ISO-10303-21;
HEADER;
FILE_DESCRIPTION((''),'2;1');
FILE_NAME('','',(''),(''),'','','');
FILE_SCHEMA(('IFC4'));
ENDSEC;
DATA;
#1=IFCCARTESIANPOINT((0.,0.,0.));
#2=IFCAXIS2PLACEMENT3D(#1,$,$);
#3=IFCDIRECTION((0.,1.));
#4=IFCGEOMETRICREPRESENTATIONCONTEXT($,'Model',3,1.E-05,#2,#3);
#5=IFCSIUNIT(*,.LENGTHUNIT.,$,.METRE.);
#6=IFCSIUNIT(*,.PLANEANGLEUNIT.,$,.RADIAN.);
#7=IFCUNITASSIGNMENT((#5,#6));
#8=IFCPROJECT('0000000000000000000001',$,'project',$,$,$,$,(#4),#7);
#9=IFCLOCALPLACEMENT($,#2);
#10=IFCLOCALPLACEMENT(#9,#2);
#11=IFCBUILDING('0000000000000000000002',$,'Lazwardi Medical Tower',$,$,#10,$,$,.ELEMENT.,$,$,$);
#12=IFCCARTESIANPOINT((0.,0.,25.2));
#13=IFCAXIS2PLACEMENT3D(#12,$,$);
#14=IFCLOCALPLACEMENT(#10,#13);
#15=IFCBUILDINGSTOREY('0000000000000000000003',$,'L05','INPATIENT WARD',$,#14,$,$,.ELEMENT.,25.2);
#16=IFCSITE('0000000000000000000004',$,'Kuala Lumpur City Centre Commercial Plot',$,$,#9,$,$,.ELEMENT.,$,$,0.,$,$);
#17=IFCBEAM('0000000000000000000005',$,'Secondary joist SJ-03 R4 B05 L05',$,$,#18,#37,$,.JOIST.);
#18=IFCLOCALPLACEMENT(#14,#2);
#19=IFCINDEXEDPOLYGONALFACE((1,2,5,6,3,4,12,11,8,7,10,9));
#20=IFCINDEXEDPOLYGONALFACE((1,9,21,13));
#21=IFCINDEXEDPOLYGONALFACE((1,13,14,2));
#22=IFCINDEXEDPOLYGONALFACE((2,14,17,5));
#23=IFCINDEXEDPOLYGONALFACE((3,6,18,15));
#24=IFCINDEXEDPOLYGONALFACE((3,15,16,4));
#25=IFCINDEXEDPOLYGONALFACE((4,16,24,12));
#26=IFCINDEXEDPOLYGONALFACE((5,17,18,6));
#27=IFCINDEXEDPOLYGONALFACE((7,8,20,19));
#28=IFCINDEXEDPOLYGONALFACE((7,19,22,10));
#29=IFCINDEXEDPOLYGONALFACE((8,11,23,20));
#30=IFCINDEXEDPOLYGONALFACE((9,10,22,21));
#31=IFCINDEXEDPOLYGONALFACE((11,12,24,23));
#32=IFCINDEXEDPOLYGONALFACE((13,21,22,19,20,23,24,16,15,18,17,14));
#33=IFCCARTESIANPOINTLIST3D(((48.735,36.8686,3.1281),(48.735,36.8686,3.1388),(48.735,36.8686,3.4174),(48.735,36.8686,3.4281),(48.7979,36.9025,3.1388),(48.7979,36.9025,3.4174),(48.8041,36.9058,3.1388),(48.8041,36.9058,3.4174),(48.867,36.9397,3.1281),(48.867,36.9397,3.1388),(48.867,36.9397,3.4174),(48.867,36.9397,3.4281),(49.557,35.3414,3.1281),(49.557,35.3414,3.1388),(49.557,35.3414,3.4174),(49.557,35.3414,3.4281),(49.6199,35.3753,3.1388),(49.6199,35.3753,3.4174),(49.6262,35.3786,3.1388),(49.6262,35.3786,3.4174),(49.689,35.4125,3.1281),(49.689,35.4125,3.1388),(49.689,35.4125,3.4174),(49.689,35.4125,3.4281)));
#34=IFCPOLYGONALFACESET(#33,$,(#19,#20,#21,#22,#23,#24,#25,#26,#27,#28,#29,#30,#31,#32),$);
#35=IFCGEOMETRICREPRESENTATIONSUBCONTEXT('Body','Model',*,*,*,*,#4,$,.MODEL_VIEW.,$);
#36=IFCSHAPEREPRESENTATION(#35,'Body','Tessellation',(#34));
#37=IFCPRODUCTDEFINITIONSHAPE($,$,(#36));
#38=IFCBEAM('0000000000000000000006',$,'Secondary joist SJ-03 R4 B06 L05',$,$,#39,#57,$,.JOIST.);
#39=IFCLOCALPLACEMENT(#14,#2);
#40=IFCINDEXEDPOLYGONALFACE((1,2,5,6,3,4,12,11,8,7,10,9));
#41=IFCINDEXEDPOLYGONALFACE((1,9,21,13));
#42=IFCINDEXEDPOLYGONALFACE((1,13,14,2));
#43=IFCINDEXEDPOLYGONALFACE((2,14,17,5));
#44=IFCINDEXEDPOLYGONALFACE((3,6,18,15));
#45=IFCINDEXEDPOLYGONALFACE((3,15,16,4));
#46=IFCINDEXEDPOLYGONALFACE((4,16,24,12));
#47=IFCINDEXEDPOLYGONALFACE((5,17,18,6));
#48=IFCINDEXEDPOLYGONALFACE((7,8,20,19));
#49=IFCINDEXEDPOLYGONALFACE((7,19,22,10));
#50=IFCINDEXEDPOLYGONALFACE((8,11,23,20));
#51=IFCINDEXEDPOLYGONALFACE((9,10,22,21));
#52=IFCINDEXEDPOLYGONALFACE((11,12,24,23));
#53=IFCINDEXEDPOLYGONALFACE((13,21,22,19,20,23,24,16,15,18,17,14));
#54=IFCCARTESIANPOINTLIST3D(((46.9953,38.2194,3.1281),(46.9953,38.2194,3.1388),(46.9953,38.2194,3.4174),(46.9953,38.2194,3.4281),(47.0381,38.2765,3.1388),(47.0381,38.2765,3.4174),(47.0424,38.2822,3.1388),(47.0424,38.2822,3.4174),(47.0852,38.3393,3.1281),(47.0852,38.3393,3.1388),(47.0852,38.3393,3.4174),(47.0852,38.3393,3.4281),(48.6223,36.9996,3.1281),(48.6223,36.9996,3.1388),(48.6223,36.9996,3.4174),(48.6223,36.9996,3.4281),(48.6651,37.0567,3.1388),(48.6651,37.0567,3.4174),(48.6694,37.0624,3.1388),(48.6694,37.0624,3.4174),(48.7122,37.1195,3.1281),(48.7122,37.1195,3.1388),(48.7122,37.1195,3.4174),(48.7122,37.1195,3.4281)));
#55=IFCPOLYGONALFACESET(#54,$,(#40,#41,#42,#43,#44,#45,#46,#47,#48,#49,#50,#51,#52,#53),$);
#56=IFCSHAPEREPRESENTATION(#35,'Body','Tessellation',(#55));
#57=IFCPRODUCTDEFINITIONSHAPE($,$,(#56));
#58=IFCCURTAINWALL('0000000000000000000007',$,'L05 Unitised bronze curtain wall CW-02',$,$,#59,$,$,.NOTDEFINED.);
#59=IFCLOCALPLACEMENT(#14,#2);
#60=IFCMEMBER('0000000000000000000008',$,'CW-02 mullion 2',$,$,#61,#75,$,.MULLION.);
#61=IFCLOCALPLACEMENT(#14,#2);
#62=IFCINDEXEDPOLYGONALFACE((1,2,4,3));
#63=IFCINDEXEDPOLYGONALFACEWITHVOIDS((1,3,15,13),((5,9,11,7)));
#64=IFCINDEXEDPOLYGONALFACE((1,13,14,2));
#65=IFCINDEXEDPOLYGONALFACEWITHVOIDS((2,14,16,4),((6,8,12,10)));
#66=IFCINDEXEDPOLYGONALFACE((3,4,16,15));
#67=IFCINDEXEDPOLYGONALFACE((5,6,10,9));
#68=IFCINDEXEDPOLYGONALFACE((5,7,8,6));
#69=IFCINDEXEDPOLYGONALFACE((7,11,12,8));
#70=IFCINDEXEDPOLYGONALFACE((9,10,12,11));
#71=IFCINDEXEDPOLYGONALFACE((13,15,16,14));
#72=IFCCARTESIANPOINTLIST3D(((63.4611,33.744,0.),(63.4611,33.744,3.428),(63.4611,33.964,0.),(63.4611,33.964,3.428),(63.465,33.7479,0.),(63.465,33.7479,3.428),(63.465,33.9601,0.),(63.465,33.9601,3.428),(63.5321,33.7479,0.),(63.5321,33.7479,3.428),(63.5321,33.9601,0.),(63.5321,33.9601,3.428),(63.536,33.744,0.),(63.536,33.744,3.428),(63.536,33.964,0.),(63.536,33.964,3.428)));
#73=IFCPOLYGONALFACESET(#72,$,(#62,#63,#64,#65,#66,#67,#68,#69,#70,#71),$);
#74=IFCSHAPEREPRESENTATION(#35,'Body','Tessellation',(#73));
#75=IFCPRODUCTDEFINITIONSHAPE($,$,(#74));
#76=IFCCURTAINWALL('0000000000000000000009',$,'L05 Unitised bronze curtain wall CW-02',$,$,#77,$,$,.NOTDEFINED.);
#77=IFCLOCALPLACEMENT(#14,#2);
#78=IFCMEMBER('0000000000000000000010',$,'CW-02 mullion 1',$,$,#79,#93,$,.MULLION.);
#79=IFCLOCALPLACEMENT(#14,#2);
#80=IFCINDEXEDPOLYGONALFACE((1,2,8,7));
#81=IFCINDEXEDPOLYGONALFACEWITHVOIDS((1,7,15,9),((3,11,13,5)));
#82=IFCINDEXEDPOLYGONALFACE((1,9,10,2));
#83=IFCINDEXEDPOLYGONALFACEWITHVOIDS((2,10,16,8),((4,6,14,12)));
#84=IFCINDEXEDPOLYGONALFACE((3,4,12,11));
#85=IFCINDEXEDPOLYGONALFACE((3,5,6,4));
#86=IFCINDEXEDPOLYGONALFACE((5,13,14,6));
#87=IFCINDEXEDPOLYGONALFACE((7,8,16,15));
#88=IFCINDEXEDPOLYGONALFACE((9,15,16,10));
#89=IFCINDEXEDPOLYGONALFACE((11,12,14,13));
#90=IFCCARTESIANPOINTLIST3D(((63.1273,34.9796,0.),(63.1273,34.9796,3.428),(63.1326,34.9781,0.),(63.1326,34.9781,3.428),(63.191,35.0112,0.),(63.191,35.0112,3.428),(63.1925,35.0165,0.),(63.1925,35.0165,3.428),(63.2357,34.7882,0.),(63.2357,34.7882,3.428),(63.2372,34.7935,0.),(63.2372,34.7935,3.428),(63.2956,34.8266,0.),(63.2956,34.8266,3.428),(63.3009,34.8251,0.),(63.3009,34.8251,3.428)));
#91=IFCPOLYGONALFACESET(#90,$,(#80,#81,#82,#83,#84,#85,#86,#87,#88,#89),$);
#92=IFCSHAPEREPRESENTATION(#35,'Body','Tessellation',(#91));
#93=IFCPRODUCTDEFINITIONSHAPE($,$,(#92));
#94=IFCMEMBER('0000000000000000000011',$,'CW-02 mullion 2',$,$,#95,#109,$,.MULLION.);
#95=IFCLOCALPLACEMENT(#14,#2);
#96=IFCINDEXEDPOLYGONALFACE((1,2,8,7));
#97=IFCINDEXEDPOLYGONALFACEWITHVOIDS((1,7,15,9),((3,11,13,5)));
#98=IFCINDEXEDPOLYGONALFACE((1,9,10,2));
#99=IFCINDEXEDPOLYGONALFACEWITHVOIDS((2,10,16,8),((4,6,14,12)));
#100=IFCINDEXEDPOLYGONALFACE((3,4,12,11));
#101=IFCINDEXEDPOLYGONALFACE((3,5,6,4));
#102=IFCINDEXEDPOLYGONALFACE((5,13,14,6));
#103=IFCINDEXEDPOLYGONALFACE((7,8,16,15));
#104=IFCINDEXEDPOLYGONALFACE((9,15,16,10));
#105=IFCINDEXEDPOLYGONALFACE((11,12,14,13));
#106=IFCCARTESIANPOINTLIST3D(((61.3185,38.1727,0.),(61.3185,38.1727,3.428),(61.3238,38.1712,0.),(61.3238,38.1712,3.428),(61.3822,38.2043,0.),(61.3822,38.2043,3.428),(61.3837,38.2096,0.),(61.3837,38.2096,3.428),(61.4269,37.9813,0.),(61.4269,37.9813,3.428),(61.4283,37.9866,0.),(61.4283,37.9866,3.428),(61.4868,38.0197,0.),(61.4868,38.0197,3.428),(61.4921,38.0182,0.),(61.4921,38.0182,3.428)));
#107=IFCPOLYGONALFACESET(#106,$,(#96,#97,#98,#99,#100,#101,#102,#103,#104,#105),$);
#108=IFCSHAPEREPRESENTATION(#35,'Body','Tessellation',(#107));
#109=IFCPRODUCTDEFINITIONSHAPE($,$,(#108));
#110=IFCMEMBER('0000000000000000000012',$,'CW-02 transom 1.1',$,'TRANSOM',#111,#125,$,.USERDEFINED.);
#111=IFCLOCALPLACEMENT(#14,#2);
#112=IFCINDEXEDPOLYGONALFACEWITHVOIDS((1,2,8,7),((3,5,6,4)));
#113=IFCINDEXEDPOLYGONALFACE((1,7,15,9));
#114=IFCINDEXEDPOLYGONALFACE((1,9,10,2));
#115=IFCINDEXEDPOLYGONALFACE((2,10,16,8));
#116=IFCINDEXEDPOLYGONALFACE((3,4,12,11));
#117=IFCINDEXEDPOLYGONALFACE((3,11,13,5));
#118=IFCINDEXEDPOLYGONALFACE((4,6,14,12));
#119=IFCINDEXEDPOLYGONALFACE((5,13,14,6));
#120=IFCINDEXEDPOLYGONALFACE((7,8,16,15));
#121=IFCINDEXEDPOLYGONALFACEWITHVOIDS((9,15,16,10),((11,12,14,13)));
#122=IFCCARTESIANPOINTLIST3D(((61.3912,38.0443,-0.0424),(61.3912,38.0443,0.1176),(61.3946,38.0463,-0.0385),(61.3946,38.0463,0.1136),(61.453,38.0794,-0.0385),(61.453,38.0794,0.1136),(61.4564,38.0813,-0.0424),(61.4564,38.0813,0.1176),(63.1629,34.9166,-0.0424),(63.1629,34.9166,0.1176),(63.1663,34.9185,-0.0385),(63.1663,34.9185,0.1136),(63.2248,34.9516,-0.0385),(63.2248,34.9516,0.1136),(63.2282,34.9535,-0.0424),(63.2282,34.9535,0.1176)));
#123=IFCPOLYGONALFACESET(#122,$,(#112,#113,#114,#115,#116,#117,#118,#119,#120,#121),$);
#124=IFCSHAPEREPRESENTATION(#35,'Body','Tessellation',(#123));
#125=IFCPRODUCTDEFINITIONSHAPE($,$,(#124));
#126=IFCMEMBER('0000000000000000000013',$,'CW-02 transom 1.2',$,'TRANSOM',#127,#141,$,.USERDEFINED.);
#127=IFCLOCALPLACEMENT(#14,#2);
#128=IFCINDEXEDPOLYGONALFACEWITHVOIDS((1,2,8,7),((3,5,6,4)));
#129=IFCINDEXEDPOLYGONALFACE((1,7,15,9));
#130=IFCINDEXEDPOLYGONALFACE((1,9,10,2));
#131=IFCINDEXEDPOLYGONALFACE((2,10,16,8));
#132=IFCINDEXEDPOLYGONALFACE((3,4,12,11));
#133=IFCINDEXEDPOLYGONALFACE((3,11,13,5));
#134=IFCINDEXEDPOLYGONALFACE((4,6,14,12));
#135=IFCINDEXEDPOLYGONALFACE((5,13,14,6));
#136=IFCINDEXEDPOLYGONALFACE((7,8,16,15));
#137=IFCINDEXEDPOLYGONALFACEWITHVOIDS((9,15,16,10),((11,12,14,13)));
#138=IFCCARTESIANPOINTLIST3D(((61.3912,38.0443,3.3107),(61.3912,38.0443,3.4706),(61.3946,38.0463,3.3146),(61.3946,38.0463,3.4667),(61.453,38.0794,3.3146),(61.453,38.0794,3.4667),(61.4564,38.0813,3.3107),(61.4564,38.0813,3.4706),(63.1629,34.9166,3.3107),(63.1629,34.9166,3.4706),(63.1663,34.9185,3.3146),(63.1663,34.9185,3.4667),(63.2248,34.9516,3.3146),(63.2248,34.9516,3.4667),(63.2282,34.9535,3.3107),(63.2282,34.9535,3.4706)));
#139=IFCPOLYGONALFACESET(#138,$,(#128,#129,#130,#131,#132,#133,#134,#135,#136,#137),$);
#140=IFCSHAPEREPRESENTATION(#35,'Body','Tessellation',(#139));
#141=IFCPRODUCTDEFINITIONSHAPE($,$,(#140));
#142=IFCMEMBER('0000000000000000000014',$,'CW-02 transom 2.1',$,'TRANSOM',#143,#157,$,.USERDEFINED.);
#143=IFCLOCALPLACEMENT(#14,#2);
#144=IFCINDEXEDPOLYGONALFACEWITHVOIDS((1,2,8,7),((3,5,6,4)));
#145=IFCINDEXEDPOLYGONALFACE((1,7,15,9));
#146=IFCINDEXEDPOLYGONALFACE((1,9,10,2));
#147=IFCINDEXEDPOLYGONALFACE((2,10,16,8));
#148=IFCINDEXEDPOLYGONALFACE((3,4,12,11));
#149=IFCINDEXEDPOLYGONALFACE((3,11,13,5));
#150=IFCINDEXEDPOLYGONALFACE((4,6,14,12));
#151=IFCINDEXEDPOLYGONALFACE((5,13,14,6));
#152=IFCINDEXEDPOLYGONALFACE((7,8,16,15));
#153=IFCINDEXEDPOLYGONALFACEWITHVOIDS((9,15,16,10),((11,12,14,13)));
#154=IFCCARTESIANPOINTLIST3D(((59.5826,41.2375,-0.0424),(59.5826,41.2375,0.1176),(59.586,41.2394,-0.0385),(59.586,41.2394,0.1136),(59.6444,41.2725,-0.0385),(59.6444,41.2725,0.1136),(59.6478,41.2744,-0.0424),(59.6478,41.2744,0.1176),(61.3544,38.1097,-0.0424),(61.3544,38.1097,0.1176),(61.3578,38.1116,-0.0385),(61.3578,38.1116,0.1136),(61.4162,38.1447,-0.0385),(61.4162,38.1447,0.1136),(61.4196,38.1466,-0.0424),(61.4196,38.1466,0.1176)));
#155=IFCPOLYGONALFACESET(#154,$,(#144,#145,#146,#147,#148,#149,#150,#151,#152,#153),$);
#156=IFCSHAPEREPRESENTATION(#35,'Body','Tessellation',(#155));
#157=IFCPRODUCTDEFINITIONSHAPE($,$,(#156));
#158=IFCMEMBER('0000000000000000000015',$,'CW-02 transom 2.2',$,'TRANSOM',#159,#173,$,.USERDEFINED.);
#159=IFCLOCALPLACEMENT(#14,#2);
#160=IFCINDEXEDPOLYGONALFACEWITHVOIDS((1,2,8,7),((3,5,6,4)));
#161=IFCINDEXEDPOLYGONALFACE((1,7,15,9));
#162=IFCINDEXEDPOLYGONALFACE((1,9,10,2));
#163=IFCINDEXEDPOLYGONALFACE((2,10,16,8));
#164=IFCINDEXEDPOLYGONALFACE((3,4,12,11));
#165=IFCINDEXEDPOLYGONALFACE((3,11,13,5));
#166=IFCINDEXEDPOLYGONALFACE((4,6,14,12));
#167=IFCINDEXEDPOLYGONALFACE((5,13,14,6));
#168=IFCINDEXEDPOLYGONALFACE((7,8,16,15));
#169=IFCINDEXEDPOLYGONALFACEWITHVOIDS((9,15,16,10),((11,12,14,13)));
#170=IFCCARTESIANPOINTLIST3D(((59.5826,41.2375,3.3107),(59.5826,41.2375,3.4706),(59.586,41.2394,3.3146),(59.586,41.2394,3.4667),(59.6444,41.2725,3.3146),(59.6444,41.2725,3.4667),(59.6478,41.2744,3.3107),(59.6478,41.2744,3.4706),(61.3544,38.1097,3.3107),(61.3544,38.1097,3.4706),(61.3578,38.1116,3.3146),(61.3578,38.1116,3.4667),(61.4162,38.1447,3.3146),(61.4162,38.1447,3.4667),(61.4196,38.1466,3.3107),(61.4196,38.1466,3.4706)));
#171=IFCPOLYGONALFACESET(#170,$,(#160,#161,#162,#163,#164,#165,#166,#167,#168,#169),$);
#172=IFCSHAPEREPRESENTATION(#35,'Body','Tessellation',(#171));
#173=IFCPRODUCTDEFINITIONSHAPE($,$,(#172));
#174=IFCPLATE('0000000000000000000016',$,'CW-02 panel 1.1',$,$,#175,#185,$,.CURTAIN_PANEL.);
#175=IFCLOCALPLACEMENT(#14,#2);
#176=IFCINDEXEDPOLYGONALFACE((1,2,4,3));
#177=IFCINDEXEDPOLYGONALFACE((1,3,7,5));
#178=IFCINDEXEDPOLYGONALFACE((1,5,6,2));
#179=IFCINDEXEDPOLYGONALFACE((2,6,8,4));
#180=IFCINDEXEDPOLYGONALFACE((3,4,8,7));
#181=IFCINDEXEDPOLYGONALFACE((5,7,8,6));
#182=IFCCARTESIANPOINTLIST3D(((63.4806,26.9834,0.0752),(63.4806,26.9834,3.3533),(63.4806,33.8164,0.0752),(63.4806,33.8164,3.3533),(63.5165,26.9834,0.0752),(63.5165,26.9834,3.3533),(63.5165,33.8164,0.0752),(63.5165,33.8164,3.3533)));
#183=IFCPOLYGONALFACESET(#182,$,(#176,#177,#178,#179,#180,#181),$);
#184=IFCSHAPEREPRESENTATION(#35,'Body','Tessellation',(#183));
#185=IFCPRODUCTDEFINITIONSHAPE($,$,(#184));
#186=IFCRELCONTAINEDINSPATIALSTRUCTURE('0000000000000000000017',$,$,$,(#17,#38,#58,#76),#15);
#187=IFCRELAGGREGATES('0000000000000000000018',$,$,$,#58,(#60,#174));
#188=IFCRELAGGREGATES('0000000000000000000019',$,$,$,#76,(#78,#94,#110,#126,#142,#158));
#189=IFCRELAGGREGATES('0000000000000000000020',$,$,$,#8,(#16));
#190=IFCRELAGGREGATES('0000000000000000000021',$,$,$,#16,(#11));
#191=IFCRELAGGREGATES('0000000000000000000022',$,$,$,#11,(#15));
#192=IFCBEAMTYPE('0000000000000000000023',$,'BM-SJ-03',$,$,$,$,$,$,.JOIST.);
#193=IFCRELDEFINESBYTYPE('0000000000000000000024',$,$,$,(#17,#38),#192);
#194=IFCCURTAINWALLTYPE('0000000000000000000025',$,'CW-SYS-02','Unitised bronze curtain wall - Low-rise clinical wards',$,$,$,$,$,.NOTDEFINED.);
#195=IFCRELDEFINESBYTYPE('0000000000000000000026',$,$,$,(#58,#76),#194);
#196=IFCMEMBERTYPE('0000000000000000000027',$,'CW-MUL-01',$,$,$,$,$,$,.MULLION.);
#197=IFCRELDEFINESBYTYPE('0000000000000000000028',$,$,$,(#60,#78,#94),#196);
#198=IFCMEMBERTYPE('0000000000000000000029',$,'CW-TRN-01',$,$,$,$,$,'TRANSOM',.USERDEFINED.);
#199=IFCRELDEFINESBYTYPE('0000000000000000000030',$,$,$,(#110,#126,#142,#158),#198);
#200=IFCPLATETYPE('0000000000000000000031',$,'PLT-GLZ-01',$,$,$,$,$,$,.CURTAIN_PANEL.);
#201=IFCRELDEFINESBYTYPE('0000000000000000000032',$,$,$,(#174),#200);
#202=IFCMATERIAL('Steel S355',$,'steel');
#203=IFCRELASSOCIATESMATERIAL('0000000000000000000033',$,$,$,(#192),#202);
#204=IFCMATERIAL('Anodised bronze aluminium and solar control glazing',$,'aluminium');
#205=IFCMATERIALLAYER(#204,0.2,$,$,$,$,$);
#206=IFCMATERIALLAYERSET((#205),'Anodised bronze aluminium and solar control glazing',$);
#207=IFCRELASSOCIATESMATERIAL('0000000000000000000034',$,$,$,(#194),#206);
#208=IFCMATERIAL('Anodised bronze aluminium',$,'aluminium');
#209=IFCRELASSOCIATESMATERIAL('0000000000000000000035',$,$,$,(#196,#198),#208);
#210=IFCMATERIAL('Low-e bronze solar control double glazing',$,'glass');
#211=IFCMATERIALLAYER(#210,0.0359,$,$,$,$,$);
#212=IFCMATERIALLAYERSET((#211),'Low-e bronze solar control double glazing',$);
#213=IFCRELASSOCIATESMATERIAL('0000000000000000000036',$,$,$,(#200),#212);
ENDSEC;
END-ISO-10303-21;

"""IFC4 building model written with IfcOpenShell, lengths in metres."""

from ifc_helpers import new_model, si_unit, direction, frame, origin, origin_2d, place, context, subcontext, project, spatial, rectangle, hollow_rectangle, i_section, extrude, material, layer, layer_set, material_profile, profile_set, type_object, element, aggregate, save


model = new_model("IFC4")

# Units and contexts
model_context = context("Model", 3, precision=1e-05, world=origin(), true_north=direction((0.0, 1.0)))
body_context = subcontext(model_context, "Body", "Model", "MODEL_VIEW")
ifc_project = project(units=[si_unit("LENGTHUNIT", "METRE"), si_unit("PLANEANGLEUNIT", "RADIAN")], contexts=[model_context])

# Site, building, storey
site_placement = place(None, origin())
site = spatial("IfcSite", under=ifc_project, at=site_placement, Name="Kuala Lumpur City Centre Commercial Plot", CompositionType="ELEMENT", RefElevation=0.0)
building_placement = place(site_placement, origin())
building = spatial("IfcBuilding", under=site, at=building_placement, Name="Lazwardi Medical Tower", CompositionType="ELEMENT")
storey_placement = place(building_placement, frame((0.0, 0.0, 25.2)))
storey = spatial("IfcBuildingStorey", under=building, at=storey_placement, Name="L05", Description="INPATIENT WARD", CompositionType="ELEMENT", Elevation=25.2)

# Beams
ifc_material_1 = material(Name="Steel S355", Category="steel")
ifc_material_profile_1 = material_profile(ifc_material_1, i_section(OverallWidth=0.1499, OverallDepth=0.3, WebThickness=0.0071, FlangeThickness=0.0107, at=origin_2d()), Name="IPE 300")
ifc_profile_set_1 = profile_set([ifc_material_profile_1], Name="Steel S355")
beam_type_1 = type_object("IfcBeamType", Name="BM-SJ-03", PredefinedType="JOIST", material=ifc_profile_set_1)
beam_1_placement = place(storey_placement, frame((49.623, 35.377, 3.2781), z_axis=(-0.473982, 0.880534, 0.0), x_axis=(-0.880534, -0.473982, 0.0)))
element("IfcBeam", 1, at=beam_1_placement, inside=storey, type_object=beam_type_1, Name="Secondary joist SJ-03 R4 B05 L05", PredefinedType="JOIST", context=body_context, shape_type="SweptSolid", body=[
    extrude(i_section(OverallWidth=0.1499, OverallDepth=0.3, WebThickness=0.0071, FlangeThickness=0.0107, at=origin_2d()), origin(), (0.0, 0.0, 1.0), 1.7344),
])
beam_2_placement = place(storey_placement, frame((48.6672, 37.0596, 3.2781), z_axis=(-0.800115, 0.599846, 0.0), x_axis=(-0.599846, -0.800115, 0.0)))
element("IfcBeam", 2, at=beam_2_placement, inside=storey, type_object=beam_type_1, Name="Secondary joist SJ-03 R4 B06 L05", PredefinedType="JOIST", context=body_context, shape_type="SweptSolid", body=[
    extrude(i_section(OverallWidth=0.1499, OverallDepth=0.3, WebThickness=0.0071, FlangeThickness=0.0107, at=origin_2d()), origin(), (0.0, 0.0, 1.0), 2.0334),
])

# Curtain wall, member
ifc_material_2 = material(Name="Anodised bronze aluminium and solar control glazing", Category="aluminium")
ifc_layer_1 = layer(ifc_material_2, 0.2)
ifc_layer_set_1 = layer_set([ifc_layer_1], Name="Anodised bronze aluminium and solar control glazing")
curtain_wall_type = type_object("IfcCurtainWallType", Name="CW-SYS-02", Description="Unitised bronze curtain wall - Low-rise clinical wards", PredefinedType="NOTDEFINED", material=ifc_layer_set_1)
curtain_wall_1_placement = place(storey_placement, origin())
curtain_wall_1 = element("IfcCurtainWall", 3, at=curtain_wall_1_placement, inside=storey, type_object=curtain_wall_type, Name="L05 Unitised bronze curtain wall CW-02", PredefinedType="NOTDEFINED")
ifc_material_3 = material(Name="Anodised bronze aluminium", Category="aluminium")
ifc_material_profile_2 = material_profile(ifc_material_3, hollow_rectangle(XDim=0.075, YDim=0.22, WallThickness=0.0039, at=origin_2d()), Name="ALU-MULLION 220x75x4")
ifc_profile_set_2 = profile_set([ifc_material_profile_2], Name="Anodised bronze aluminium")
member_type_1 = type_object("IfcMemberType", Name="CW-MUL-01", PredefinedType="MULLION", material=ifc_profile_set_2)
member_1_placement = place(storey_placement, frame((63.4985, 33.854, 0.0), z_axis=(0.0, 0.0, 1.0), x_axis=(-1.0, 0.0, 0.0)))
member_1 = element("IfcMember", 4, at=member_1_placement, type_object=member_type_1, Name="CW-02 mullion 2", PredefinedType="MULLION", context=body_context, shape_type="SweptSolid", body=[
    extrude(hollow_rectangle(XDim=0.075, YDim=0.22, WallThickness=0.0039, at=origin_2d()), origin(), (0.0, 0.0, 1.0), 3.428),
])

# Curtain wall, members
curtain_wall_2_placement = place(storey_placement, origin())
curtain_wall_2 = element("IfcCurtainWall", 5, at=curtain_wall_2_placement, inside=storey, type_object=curtain_wall_type, Name="L05 Unitised bronze curtain wall CW-02", PredefinedType="NOTDEFINED")
member_2_placement = place(storey_placement, frame((63.2141, 34.9023, 0.0), z_axis=(0.0, 0.0, 1.0), x_axis=(-0.870112, -0.492854, 0.0)))
member_2 = element("IfcMember", 6, at=member_2_placement, type_object=member_type_1, Name="CW-02 mullion 1", PredefinedType="MULLION", context=body_context, shape_type="SweptSolid", body=[
    extrude(hollow_rectangle(XDim=0.075, YDim=0.22, WallThickness=0.0039, at=origin_2d()), origin(), (0.0, 0.0, 1.0), 3.428),
])
member_3_placement = place(storey_placement, frame((61.4053, 38.0955, 0.0), z_axis=(0.0, 0.0, 1.0), x_axis=(-0.870112, -0.492854, 0.0)))
member_3 = element("IfcMember", 7, at=member_3_placement, type_object=member_type_1, Name="CW-02 mullion 2", PredefinedType="MULLION", context=body_context, shape_type="SweptSolid", body=[
    extrude(hollow_rectangle(XDim=0.075, YDim=0.22, WallThickness=0.0039, at=origin_2d()), origin(), (0.0, 0.0, 1.0), 3.428),
])
ifc_material_profile_3 = material_profile(ifc_material_3, hollow_rectangle(XDim=0.075, YDim=0.1599, WallThickness=0.0039, at=origin_2d()), Name="ALU-TRANSOM 160x75x4")
ifc_profile_set_3 = profile_set([ifc_material_profile_3], Name="Anodised bronze aluminium")
member_type_2 = type_object("IfcMemberType", Name="CW-TRN-01", ElementType="TRANSOM", PredefinedType="USERDEFINED", material=ifc_profile_set_3)
member_4_placement = place(storey_placement, frame((63.1956, 34.9351, 0.0376), z_axis=(-0.492881, 0.870097, 0.0), x_axis=(-0.870097, -0.492881, 0.0)))
member_4 = element("IfcMember", 8, at=member_4_placement, type_object=member_type_2, Name="CW-02 transom 1.1", ObjectType="TRANSOM", PredefinedType="USERDEFINED", context=body_context, shape_type="SweptSolid", body=[
    extrude(hollow_rectangle(XDim=0.075, YDim=0.1599, WallThickness=0.0039, at=origin_2d()), origin(), (0.0, 0.0, 1.0), 3.5947),
])
member_5_placement = place(storey_placement, frame((63.1956, 34.9351, 3.3906), z_axis=(-0.492881, 0.870097, 0.0), x_axis=(-0.870097, -0.492881, 0.0)))
member_5 = element("IfcMember", 9, at=member_5_placement, type_object=member_type_2, Name="CW-02 transom 1.2", ObjectType="TRANSOM", PredefinedType="USERDEFINED", context=body_context, shape_type="SweptSolid", body=[
    extrude(hollow_rectangle(XDim=0.075, YDim=0.1599, WallThickness=0.0039, at=origin_2d()), origin(), (0.0, 0.0, 1.0), 3.5947),
])
member_6_placement = place(storey_placement, frame((61.387, 38.1282, 0.0376), z_axis=(-0.492881, 0.870097, 0.0), x_axis=(-0.870097, -0.492881, 0.0)))
member_6 = element("IfcMember", 10, at=member_6_placement, type_object=member_type_2, Name="CW-02 transom 2.1", ObjectType="TRANSOM", PredefinedType="USERDEFINED", context=body_context, shape_type="SweptSolid", body=[
    extrude(hollow_rectangle(XDim=0.075, YDim=0.1599, WallThickness=0.0039, at=origin_2d()), origin(), (0.0, 0.0, 1.0), 3.5947),
])
member_7_placement = place(storey_placement, frame((61.387, 38.1282, 3.3906), z_axis=(-0.492881, 0.870097, 0.0), x_axis=(-0.870097, -0.492881, 0.0)))
member_7 = element("IfcMember", 11, at=member_7_placement, type_object=member_type_2, Name="CW-02 transom 2.2", ObjectType="TRANSOM", PredefinedType="USERDEFINED", context=body_context, shape_type="SweptSolid", body=[
    extrude(hollow_rectangle(XDim=0.075, YDim=0.1599, WallThickness=0.0039, at=origin_2d()), origin(), (0.0, 0.0, 1.0), 3.5947),
])

# Plate
ifc_material_4 = material(Name="Low-e bronze solar control double glazing", Category="glass")
ifc_layer_2 = layer(ifc_material_4, 0.0359)
ifc_layer_set_2 = layer_set([ifc_layer_2], Name="Low-e bronze solar control double glazing")
plate_type = type_object("IfcPlateType", Name="PLT-GLZ-01", PredefinedType="CURTAIN_PANEL", material=ifc_layer_set_2)
plate_1_placement = place(storey_placement, frame((63.4985, 30.3999, 0.0752), z_axis=(0.0, 0.0, 1.0), x_axis=(0.0, 1.0, 0.0)))
plate_1 = element("IfcPlate", 12, at=plate_1_placement, type_object=plate_type, Name="CW-02 panel 1.1", PredefinedType="CURTAIN_PANEL", context=body_context, shape_type="SweptSolid", body=[
    extrude(rectangle(XDim=6.833, YDim=0.0359, at=origin_2d()), origin(), (0.0, 0.0, 1.0), 3.2781),
])
aggregate(curtain_wall_1, [member_1, plate_1])
aggregate(curtain_wall_2, [member_2, member_3, member_4, member_5, member_6, member_7])

save(model, "model.ifc")
